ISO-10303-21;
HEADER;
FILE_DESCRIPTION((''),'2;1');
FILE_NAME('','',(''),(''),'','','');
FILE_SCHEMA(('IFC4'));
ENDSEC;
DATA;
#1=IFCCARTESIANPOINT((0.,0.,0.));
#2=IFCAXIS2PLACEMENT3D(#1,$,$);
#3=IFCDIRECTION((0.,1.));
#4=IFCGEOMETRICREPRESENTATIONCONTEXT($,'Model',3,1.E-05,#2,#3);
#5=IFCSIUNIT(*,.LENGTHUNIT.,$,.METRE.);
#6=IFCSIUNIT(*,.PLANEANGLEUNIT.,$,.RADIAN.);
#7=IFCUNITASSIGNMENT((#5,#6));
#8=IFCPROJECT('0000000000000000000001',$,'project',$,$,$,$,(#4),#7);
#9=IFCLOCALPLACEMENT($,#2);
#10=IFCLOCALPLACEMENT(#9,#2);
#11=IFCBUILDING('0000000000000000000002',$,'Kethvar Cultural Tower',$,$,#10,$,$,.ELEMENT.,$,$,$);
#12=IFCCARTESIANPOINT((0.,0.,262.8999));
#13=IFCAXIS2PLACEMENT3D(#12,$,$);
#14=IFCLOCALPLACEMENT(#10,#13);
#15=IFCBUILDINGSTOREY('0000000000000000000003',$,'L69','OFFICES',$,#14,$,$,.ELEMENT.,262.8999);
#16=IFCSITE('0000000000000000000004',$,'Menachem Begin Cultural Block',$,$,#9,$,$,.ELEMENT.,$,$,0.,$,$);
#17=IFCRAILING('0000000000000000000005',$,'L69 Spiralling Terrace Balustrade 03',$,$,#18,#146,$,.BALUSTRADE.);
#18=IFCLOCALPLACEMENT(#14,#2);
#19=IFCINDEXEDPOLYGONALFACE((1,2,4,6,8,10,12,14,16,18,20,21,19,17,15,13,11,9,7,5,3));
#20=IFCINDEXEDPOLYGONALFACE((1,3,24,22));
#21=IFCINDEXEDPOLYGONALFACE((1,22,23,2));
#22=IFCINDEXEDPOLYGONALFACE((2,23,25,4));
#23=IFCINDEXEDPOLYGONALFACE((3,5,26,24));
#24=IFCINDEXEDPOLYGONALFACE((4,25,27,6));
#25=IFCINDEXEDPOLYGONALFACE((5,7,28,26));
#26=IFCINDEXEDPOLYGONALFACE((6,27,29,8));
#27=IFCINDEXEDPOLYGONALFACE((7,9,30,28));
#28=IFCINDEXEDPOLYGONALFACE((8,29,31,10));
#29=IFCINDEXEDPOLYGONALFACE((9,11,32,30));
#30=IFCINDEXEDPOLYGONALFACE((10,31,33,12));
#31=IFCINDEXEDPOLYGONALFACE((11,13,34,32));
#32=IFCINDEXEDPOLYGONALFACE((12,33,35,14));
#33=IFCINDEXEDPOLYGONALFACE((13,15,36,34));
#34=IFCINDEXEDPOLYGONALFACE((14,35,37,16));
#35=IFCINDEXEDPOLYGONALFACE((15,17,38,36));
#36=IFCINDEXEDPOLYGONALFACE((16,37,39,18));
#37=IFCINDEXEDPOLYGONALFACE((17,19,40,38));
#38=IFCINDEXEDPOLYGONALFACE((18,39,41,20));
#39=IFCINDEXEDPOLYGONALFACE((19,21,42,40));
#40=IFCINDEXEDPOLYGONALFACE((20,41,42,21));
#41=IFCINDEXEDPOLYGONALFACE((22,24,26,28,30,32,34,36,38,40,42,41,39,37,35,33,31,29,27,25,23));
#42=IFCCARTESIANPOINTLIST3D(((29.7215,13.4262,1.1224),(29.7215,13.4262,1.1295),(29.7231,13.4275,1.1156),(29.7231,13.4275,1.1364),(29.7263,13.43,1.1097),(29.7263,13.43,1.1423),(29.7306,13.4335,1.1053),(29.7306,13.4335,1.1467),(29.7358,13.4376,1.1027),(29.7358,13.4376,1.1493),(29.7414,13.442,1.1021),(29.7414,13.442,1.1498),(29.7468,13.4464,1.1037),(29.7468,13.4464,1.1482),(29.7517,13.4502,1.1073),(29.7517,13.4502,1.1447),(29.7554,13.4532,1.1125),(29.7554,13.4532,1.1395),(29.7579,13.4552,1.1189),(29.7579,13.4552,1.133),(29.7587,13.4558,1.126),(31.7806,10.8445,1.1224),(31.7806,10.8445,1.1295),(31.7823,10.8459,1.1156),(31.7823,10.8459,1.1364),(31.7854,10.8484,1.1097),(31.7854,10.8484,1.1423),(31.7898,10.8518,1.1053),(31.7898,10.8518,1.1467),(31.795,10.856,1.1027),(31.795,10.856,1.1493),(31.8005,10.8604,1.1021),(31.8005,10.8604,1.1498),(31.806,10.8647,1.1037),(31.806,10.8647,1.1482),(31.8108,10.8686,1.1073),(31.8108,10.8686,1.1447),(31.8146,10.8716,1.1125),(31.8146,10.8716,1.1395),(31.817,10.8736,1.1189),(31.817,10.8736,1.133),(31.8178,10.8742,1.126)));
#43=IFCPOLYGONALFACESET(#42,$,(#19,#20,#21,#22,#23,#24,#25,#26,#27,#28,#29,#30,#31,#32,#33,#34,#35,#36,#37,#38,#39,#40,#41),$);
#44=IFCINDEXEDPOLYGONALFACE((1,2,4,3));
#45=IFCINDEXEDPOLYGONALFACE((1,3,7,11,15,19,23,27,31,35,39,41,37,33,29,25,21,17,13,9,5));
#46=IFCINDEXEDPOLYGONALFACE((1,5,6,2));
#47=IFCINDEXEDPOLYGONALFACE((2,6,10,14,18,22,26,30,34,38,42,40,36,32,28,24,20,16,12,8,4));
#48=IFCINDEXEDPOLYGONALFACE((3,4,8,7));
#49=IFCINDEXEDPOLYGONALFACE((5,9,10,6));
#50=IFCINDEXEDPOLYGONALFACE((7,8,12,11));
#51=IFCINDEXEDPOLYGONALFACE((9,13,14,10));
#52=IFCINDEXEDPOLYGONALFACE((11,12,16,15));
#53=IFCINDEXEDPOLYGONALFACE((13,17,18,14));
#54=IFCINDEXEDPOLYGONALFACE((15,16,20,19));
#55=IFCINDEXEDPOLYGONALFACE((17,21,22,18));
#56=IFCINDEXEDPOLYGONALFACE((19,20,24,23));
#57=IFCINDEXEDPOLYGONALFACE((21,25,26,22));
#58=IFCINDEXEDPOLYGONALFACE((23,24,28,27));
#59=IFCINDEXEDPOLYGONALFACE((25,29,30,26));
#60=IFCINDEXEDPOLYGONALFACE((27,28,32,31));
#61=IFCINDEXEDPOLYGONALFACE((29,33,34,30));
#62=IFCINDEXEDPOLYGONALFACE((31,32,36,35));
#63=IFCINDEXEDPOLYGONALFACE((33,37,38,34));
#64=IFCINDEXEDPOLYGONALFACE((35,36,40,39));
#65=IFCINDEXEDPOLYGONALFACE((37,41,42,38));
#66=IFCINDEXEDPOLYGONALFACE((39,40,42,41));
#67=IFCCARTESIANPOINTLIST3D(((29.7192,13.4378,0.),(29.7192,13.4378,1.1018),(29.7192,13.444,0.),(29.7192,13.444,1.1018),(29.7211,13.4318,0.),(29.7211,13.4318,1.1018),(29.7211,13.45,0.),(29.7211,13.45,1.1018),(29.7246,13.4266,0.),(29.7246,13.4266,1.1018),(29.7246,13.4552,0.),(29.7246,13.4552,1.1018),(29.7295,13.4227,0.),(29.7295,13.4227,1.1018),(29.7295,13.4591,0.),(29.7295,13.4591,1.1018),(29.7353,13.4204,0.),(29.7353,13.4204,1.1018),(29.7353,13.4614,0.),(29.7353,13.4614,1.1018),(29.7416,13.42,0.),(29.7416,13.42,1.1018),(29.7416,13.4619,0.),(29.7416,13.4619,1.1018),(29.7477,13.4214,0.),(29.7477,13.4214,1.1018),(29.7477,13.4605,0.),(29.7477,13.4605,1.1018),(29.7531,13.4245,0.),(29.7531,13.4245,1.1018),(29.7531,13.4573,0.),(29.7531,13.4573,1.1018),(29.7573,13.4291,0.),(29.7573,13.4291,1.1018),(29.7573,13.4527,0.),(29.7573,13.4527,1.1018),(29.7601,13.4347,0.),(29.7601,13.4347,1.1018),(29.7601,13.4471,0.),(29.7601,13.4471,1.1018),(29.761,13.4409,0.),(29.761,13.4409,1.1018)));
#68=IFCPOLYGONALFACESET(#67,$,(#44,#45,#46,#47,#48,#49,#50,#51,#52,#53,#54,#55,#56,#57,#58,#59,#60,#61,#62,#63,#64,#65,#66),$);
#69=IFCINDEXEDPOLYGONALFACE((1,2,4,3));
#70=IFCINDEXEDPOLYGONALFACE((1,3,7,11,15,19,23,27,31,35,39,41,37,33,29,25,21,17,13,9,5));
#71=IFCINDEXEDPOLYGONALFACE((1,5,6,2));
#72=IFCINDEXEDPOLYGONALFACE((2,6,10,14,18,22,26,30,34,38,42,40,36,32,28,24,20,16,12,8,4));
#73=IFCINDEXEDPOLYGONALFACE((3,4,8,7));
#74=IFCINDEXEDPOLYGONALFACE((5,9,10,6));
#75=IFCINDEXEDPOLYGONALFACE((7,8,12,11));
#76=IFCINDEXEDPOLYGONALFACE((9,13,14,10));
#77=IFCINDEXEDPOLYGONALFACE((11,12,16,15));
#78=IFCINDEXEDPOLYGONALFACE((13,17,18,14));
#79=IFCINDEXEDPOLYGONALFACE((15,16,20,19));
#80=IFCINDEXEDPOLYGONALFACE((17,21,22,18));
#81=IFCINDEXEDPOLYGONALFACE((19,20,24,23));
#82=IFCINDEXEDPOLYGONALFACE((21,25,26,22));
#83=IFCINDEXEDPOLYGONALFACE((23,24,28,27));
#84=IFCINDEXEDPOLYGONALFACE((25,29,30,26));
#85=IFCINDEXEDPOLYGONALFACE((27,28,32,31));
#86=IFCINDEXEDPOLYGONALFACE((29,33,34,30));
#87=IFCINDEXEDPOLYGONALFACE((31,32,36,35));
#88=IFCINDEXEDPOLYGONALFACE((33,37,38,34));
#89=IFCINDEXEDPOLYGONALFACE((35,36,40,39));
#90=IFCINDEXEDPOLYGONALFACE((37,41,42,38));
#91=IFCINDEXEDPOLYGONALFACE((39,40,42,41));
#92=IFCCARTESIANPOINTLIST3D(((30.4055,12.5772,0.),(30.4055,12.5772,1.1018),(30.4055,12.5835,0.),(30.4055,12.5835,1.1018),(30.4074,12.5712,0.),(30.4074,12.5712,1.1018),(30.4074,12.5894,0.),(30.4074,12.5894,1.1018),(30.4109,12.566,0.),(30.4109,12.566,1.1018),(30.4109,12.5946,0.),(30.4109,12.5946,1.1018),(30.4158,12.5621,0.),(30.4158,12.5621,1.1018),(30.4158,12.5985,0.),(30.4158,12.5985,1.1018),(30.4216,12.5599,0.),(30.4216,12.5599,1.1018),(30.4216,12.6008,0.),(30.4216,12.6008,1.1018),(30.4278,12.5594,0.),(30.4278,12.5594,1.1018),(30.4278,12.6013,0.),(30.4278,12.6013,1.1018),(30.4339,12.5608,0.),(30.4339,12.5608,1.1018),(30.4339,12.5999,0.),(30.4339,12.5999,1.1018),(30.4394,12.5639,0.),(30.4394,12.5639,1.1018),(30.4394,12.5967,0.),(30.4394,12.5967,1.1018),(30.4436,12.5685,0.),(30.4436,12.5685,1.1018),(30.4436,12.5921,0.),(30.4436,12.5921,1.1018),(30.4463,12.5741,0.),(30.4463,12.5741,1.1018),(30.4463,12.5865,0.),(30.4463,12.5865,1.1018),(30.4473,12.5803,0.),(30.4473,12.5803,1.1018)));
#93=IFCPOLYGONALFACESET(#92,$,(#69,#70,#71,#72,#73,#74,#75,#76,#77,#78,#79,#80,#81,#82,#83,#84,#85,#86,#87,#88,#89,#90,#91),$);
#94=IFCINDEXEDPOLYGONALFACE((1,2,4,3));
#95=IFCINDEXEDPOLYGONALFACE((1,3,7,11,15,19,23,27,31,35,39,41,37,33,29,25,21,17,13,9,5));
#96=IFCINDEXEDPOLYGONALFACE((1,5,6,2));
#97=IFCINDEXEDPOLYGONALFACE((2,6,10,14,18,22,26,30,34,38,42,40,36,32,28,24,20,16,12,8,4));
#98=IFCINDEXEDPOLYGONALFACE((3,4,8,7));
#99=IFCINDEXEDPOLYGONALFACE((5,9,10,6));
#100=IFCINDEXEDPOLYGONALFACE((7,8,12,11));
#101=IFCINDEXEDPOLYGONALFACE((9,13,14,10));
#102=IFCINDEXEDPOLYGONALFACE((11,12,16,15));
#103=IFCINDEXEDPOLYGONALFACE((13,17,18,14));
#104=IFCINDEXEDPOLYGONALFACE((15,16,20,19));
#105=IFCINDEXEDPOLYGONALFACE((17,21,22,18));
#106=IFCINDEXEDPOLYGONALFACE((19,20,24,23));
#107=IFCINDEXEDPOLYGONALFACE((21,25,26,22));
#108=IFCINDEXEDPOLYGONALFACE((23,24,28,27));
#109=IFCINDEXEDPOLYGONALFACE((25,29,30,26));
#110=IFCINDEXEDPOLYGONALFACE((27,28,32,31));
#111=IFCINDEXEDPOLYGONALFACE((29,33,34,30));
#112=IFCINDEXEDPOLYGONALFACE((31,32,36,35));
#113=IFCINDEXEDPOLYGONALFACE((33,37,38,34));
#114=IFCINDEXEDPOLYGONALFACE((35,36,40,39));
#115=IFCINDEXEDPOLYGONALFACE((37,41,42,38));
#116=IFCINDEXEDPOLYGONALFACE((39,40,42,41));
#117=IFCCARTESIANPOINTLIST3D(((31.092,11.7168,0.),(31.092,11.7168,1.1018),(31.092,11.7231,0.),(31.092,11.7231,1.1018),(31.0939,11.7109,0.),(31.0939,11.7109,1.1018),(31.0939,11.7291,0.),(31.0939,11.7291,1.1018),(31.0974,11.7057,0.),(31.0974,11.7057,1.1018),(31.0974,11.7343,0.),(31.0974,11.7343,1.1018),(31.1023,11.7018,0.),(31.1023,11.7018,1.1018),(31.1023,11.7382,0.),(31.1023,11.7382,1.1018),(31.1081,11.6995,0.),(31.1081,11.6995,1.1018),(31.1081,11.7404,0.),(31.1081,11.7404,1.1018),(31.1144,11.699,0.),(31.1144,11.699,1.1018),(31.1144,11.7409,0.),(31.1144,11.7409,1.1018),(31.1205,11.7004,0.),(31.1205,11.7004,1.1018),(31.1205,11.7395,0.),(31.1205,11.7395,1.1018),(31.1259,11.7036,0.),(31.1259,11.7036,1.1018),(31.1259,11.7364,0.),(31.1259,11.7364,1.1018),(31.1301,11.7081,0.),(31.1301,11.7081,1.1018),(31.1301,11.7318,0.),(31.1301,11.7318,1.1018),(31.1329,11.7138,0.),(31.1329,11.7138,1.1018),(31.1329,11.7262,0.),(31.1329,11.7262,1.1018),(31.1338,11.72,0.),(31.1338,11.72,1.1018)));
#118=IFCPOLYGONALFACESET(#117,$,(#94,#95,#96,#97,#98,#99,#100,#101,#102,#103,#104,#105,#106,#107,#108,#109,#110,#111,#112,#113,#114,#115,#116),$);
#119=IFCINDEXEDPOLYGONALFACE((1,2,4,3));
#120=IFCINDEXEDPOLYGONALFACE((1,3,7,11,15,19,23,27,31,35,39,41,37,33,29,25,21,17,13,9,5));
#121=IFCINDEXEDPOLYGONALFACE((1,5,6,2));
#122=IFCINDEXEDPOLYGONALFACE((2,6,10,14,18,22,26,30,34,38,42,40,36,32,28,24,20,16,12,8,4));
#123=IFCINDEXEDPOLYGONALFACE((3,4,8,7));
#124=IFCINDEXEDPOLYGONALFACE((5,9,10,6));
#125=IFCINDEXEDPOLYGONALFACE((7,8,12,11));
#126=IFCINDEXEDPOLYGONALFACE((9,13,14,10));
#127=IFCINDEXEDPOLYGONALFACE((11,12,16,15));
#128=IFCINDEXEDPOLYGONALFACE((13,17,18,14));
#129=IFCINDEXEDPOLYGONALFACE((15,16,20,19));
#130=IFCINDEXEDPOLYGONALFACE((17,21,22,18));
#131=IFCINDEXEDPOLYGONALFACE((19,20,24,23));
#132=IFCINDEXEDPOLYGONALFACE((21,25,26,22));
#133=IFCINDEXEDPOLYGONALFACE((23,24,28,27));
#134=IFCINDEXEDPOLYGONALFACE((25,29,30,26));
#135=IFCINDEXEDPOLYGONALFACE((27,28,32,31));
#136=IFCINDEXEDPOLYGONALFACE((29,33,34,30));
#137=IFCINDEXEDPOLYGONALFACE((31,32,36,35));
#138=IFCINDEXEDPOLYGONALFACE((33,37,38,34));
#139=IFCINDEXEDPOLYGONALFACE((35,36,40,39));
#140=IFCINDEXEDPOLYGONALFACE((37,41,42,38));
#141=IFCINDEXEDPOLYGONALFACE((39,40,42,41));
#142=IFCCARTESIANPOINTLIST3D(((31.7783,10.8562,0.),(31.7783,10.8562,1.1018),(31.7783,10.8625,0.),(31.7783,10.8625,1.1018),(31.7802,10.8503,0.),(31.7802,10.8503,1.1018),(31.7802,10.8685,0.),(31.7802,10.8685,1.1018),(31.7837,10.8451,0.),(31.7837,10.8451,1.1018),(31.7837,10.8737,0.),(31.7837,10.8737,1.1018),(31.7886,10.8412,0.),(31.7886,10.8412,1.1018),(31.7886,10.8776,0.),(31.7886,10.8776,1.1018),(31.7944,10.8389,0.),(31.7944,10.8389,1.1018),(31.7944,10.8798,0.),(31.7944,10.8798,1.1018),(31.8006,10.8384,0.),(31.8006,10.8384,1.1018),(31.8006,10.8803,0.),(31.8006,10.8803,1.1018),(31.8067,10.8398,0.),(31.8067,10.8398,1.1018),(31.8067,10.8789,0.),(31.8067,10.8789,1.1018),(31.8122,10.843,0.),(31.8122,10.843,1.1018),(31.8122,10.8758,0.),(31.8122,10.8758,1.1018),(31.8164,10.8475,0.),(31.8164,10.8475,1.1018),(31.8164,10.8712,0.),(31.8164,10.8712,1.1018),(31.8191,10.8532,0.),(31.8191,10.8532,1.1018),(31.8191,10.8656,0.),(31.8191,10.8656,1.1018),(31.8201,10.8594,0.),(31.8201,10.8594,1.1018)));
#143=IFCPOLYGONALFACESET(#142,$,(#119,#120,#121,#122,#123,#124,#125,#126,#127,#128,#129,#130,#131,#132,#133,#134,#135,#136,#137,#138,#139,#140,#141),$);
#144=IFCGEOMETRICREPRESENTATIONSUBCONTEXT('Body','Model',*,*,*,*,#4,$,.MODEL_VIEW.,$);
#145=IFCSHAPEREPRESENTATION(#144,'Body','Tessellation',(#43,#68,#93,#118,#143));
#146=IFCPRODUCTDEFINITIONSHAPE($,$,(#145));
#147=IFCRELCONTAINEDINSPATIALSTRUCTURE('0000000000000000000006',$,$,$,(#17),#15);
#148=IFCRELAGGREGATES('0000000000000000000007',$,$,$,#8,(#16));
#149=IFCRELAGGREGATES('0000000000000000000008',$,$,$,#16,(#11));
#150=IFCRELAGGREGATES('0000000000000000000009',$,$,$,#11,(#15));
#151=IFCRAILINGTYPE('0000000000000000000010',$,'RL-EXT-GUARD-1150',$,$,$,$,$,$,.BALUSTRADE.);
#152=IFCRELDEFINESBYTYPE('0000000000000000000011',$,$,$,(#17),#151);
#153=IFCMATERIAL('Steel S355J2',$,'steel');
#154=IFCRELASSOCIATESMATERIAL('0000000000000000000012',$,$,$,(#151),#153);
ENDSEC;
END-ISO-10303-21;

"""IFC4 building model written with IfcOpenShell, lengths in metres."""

from ifc_helpers import new_model, si_unit, direction, frame, origin, origin_2d, place, context, subcontext, project, spatial, circle, extrude, material, type_object, element, save


model = new_model("IFC4")

# Units and contexts
model_context = context("Model", 3, precision=1e-05, world=origin(), true_north=direction((0.0, 1.0)))
body_context = subcontext(model_context, "Body", "Model", "MODEL_VIEW")
ifc_project = project(units=[si_unit("LENGTHUNIT", "METRE"), si_unit("PLANEANGLEUNIT", "RADIAN")], contexts=[model_context])

# Site, building, storey
site_placement = place(None, origin())
site = spatial("IfcSite", under=ifc_project, at=site_placement, Name="Menachem Begin Cultural Block", CompositionType="ELEMENT", RefElevation=0.0)
building_placement = place(site_placement, origin())
building = spatial("IfcBuilding", under=site, at=building_placement, Name="Kethvar Cultural Tower", CompositionType="ELEMENT")
storey_placement = place(building_placement, frame((0.0, 0.0, 262.8999)))
storey = spatial("IfcBuildingStorey", under=building, at=storey_placement, Name="L69", Description="OFFICES", CompositionType="ELEMENT", Elevation=262.8999)

# Shared definitions
ifc_material_1 = material(Name="Steel S355J2", Category="steel")

# Railing
railing_type = type_object("IfcRailingType", Name="RL-EXT-GUARD-1150", PredefinedType="BALUSTRADE", material=ifc_material_1)
railing_1_placement = place(storey_placement, frame((29.74, 13.4409, 0.0)))
element("IfcRailing", 1, at=railing_1_placement, inside=storey, type_object=railing_type, Name="L69 Spiralling Terrace Balustrade 03", PredefinedType="BALUSTRADE", context=body_context, shape_type="SweptSolid", body=[
    extrude(circle(Radius=0.0239, at=origin_2d()), frame((0.0, 0.0, 1.126), z_axis=(0.623558, -0.781777, 0.0), x_axis=(0.781777, 0.623558, 0.0)), (0.0, 0.0, 1.0), 3.3022),
    extrude(circle(Radius=0.021, at=origin_2d()), origin(), (0.0, 0.0, 1.0), 1.1018),
    extrude(circle(Radius=0.021, at=origin_2d()), frame((0.6863, -0.8606, 0.0)), (0.0, 0.0, 1.0), 1.1018),
    extrude(circle(Radius=0.021, at=origin_2d()), frame((1.3728, -1.7209, 0.0)), (0.0, 0.0, 1.0), 1.1018),
    extrude(circle(Radius=0.021, at=origin_2d()), frame((2.0591, -2.5815, 0.0)), (0.0, 0.0, 1.0), 1.1018),
])

save(model, "model.ifc")
